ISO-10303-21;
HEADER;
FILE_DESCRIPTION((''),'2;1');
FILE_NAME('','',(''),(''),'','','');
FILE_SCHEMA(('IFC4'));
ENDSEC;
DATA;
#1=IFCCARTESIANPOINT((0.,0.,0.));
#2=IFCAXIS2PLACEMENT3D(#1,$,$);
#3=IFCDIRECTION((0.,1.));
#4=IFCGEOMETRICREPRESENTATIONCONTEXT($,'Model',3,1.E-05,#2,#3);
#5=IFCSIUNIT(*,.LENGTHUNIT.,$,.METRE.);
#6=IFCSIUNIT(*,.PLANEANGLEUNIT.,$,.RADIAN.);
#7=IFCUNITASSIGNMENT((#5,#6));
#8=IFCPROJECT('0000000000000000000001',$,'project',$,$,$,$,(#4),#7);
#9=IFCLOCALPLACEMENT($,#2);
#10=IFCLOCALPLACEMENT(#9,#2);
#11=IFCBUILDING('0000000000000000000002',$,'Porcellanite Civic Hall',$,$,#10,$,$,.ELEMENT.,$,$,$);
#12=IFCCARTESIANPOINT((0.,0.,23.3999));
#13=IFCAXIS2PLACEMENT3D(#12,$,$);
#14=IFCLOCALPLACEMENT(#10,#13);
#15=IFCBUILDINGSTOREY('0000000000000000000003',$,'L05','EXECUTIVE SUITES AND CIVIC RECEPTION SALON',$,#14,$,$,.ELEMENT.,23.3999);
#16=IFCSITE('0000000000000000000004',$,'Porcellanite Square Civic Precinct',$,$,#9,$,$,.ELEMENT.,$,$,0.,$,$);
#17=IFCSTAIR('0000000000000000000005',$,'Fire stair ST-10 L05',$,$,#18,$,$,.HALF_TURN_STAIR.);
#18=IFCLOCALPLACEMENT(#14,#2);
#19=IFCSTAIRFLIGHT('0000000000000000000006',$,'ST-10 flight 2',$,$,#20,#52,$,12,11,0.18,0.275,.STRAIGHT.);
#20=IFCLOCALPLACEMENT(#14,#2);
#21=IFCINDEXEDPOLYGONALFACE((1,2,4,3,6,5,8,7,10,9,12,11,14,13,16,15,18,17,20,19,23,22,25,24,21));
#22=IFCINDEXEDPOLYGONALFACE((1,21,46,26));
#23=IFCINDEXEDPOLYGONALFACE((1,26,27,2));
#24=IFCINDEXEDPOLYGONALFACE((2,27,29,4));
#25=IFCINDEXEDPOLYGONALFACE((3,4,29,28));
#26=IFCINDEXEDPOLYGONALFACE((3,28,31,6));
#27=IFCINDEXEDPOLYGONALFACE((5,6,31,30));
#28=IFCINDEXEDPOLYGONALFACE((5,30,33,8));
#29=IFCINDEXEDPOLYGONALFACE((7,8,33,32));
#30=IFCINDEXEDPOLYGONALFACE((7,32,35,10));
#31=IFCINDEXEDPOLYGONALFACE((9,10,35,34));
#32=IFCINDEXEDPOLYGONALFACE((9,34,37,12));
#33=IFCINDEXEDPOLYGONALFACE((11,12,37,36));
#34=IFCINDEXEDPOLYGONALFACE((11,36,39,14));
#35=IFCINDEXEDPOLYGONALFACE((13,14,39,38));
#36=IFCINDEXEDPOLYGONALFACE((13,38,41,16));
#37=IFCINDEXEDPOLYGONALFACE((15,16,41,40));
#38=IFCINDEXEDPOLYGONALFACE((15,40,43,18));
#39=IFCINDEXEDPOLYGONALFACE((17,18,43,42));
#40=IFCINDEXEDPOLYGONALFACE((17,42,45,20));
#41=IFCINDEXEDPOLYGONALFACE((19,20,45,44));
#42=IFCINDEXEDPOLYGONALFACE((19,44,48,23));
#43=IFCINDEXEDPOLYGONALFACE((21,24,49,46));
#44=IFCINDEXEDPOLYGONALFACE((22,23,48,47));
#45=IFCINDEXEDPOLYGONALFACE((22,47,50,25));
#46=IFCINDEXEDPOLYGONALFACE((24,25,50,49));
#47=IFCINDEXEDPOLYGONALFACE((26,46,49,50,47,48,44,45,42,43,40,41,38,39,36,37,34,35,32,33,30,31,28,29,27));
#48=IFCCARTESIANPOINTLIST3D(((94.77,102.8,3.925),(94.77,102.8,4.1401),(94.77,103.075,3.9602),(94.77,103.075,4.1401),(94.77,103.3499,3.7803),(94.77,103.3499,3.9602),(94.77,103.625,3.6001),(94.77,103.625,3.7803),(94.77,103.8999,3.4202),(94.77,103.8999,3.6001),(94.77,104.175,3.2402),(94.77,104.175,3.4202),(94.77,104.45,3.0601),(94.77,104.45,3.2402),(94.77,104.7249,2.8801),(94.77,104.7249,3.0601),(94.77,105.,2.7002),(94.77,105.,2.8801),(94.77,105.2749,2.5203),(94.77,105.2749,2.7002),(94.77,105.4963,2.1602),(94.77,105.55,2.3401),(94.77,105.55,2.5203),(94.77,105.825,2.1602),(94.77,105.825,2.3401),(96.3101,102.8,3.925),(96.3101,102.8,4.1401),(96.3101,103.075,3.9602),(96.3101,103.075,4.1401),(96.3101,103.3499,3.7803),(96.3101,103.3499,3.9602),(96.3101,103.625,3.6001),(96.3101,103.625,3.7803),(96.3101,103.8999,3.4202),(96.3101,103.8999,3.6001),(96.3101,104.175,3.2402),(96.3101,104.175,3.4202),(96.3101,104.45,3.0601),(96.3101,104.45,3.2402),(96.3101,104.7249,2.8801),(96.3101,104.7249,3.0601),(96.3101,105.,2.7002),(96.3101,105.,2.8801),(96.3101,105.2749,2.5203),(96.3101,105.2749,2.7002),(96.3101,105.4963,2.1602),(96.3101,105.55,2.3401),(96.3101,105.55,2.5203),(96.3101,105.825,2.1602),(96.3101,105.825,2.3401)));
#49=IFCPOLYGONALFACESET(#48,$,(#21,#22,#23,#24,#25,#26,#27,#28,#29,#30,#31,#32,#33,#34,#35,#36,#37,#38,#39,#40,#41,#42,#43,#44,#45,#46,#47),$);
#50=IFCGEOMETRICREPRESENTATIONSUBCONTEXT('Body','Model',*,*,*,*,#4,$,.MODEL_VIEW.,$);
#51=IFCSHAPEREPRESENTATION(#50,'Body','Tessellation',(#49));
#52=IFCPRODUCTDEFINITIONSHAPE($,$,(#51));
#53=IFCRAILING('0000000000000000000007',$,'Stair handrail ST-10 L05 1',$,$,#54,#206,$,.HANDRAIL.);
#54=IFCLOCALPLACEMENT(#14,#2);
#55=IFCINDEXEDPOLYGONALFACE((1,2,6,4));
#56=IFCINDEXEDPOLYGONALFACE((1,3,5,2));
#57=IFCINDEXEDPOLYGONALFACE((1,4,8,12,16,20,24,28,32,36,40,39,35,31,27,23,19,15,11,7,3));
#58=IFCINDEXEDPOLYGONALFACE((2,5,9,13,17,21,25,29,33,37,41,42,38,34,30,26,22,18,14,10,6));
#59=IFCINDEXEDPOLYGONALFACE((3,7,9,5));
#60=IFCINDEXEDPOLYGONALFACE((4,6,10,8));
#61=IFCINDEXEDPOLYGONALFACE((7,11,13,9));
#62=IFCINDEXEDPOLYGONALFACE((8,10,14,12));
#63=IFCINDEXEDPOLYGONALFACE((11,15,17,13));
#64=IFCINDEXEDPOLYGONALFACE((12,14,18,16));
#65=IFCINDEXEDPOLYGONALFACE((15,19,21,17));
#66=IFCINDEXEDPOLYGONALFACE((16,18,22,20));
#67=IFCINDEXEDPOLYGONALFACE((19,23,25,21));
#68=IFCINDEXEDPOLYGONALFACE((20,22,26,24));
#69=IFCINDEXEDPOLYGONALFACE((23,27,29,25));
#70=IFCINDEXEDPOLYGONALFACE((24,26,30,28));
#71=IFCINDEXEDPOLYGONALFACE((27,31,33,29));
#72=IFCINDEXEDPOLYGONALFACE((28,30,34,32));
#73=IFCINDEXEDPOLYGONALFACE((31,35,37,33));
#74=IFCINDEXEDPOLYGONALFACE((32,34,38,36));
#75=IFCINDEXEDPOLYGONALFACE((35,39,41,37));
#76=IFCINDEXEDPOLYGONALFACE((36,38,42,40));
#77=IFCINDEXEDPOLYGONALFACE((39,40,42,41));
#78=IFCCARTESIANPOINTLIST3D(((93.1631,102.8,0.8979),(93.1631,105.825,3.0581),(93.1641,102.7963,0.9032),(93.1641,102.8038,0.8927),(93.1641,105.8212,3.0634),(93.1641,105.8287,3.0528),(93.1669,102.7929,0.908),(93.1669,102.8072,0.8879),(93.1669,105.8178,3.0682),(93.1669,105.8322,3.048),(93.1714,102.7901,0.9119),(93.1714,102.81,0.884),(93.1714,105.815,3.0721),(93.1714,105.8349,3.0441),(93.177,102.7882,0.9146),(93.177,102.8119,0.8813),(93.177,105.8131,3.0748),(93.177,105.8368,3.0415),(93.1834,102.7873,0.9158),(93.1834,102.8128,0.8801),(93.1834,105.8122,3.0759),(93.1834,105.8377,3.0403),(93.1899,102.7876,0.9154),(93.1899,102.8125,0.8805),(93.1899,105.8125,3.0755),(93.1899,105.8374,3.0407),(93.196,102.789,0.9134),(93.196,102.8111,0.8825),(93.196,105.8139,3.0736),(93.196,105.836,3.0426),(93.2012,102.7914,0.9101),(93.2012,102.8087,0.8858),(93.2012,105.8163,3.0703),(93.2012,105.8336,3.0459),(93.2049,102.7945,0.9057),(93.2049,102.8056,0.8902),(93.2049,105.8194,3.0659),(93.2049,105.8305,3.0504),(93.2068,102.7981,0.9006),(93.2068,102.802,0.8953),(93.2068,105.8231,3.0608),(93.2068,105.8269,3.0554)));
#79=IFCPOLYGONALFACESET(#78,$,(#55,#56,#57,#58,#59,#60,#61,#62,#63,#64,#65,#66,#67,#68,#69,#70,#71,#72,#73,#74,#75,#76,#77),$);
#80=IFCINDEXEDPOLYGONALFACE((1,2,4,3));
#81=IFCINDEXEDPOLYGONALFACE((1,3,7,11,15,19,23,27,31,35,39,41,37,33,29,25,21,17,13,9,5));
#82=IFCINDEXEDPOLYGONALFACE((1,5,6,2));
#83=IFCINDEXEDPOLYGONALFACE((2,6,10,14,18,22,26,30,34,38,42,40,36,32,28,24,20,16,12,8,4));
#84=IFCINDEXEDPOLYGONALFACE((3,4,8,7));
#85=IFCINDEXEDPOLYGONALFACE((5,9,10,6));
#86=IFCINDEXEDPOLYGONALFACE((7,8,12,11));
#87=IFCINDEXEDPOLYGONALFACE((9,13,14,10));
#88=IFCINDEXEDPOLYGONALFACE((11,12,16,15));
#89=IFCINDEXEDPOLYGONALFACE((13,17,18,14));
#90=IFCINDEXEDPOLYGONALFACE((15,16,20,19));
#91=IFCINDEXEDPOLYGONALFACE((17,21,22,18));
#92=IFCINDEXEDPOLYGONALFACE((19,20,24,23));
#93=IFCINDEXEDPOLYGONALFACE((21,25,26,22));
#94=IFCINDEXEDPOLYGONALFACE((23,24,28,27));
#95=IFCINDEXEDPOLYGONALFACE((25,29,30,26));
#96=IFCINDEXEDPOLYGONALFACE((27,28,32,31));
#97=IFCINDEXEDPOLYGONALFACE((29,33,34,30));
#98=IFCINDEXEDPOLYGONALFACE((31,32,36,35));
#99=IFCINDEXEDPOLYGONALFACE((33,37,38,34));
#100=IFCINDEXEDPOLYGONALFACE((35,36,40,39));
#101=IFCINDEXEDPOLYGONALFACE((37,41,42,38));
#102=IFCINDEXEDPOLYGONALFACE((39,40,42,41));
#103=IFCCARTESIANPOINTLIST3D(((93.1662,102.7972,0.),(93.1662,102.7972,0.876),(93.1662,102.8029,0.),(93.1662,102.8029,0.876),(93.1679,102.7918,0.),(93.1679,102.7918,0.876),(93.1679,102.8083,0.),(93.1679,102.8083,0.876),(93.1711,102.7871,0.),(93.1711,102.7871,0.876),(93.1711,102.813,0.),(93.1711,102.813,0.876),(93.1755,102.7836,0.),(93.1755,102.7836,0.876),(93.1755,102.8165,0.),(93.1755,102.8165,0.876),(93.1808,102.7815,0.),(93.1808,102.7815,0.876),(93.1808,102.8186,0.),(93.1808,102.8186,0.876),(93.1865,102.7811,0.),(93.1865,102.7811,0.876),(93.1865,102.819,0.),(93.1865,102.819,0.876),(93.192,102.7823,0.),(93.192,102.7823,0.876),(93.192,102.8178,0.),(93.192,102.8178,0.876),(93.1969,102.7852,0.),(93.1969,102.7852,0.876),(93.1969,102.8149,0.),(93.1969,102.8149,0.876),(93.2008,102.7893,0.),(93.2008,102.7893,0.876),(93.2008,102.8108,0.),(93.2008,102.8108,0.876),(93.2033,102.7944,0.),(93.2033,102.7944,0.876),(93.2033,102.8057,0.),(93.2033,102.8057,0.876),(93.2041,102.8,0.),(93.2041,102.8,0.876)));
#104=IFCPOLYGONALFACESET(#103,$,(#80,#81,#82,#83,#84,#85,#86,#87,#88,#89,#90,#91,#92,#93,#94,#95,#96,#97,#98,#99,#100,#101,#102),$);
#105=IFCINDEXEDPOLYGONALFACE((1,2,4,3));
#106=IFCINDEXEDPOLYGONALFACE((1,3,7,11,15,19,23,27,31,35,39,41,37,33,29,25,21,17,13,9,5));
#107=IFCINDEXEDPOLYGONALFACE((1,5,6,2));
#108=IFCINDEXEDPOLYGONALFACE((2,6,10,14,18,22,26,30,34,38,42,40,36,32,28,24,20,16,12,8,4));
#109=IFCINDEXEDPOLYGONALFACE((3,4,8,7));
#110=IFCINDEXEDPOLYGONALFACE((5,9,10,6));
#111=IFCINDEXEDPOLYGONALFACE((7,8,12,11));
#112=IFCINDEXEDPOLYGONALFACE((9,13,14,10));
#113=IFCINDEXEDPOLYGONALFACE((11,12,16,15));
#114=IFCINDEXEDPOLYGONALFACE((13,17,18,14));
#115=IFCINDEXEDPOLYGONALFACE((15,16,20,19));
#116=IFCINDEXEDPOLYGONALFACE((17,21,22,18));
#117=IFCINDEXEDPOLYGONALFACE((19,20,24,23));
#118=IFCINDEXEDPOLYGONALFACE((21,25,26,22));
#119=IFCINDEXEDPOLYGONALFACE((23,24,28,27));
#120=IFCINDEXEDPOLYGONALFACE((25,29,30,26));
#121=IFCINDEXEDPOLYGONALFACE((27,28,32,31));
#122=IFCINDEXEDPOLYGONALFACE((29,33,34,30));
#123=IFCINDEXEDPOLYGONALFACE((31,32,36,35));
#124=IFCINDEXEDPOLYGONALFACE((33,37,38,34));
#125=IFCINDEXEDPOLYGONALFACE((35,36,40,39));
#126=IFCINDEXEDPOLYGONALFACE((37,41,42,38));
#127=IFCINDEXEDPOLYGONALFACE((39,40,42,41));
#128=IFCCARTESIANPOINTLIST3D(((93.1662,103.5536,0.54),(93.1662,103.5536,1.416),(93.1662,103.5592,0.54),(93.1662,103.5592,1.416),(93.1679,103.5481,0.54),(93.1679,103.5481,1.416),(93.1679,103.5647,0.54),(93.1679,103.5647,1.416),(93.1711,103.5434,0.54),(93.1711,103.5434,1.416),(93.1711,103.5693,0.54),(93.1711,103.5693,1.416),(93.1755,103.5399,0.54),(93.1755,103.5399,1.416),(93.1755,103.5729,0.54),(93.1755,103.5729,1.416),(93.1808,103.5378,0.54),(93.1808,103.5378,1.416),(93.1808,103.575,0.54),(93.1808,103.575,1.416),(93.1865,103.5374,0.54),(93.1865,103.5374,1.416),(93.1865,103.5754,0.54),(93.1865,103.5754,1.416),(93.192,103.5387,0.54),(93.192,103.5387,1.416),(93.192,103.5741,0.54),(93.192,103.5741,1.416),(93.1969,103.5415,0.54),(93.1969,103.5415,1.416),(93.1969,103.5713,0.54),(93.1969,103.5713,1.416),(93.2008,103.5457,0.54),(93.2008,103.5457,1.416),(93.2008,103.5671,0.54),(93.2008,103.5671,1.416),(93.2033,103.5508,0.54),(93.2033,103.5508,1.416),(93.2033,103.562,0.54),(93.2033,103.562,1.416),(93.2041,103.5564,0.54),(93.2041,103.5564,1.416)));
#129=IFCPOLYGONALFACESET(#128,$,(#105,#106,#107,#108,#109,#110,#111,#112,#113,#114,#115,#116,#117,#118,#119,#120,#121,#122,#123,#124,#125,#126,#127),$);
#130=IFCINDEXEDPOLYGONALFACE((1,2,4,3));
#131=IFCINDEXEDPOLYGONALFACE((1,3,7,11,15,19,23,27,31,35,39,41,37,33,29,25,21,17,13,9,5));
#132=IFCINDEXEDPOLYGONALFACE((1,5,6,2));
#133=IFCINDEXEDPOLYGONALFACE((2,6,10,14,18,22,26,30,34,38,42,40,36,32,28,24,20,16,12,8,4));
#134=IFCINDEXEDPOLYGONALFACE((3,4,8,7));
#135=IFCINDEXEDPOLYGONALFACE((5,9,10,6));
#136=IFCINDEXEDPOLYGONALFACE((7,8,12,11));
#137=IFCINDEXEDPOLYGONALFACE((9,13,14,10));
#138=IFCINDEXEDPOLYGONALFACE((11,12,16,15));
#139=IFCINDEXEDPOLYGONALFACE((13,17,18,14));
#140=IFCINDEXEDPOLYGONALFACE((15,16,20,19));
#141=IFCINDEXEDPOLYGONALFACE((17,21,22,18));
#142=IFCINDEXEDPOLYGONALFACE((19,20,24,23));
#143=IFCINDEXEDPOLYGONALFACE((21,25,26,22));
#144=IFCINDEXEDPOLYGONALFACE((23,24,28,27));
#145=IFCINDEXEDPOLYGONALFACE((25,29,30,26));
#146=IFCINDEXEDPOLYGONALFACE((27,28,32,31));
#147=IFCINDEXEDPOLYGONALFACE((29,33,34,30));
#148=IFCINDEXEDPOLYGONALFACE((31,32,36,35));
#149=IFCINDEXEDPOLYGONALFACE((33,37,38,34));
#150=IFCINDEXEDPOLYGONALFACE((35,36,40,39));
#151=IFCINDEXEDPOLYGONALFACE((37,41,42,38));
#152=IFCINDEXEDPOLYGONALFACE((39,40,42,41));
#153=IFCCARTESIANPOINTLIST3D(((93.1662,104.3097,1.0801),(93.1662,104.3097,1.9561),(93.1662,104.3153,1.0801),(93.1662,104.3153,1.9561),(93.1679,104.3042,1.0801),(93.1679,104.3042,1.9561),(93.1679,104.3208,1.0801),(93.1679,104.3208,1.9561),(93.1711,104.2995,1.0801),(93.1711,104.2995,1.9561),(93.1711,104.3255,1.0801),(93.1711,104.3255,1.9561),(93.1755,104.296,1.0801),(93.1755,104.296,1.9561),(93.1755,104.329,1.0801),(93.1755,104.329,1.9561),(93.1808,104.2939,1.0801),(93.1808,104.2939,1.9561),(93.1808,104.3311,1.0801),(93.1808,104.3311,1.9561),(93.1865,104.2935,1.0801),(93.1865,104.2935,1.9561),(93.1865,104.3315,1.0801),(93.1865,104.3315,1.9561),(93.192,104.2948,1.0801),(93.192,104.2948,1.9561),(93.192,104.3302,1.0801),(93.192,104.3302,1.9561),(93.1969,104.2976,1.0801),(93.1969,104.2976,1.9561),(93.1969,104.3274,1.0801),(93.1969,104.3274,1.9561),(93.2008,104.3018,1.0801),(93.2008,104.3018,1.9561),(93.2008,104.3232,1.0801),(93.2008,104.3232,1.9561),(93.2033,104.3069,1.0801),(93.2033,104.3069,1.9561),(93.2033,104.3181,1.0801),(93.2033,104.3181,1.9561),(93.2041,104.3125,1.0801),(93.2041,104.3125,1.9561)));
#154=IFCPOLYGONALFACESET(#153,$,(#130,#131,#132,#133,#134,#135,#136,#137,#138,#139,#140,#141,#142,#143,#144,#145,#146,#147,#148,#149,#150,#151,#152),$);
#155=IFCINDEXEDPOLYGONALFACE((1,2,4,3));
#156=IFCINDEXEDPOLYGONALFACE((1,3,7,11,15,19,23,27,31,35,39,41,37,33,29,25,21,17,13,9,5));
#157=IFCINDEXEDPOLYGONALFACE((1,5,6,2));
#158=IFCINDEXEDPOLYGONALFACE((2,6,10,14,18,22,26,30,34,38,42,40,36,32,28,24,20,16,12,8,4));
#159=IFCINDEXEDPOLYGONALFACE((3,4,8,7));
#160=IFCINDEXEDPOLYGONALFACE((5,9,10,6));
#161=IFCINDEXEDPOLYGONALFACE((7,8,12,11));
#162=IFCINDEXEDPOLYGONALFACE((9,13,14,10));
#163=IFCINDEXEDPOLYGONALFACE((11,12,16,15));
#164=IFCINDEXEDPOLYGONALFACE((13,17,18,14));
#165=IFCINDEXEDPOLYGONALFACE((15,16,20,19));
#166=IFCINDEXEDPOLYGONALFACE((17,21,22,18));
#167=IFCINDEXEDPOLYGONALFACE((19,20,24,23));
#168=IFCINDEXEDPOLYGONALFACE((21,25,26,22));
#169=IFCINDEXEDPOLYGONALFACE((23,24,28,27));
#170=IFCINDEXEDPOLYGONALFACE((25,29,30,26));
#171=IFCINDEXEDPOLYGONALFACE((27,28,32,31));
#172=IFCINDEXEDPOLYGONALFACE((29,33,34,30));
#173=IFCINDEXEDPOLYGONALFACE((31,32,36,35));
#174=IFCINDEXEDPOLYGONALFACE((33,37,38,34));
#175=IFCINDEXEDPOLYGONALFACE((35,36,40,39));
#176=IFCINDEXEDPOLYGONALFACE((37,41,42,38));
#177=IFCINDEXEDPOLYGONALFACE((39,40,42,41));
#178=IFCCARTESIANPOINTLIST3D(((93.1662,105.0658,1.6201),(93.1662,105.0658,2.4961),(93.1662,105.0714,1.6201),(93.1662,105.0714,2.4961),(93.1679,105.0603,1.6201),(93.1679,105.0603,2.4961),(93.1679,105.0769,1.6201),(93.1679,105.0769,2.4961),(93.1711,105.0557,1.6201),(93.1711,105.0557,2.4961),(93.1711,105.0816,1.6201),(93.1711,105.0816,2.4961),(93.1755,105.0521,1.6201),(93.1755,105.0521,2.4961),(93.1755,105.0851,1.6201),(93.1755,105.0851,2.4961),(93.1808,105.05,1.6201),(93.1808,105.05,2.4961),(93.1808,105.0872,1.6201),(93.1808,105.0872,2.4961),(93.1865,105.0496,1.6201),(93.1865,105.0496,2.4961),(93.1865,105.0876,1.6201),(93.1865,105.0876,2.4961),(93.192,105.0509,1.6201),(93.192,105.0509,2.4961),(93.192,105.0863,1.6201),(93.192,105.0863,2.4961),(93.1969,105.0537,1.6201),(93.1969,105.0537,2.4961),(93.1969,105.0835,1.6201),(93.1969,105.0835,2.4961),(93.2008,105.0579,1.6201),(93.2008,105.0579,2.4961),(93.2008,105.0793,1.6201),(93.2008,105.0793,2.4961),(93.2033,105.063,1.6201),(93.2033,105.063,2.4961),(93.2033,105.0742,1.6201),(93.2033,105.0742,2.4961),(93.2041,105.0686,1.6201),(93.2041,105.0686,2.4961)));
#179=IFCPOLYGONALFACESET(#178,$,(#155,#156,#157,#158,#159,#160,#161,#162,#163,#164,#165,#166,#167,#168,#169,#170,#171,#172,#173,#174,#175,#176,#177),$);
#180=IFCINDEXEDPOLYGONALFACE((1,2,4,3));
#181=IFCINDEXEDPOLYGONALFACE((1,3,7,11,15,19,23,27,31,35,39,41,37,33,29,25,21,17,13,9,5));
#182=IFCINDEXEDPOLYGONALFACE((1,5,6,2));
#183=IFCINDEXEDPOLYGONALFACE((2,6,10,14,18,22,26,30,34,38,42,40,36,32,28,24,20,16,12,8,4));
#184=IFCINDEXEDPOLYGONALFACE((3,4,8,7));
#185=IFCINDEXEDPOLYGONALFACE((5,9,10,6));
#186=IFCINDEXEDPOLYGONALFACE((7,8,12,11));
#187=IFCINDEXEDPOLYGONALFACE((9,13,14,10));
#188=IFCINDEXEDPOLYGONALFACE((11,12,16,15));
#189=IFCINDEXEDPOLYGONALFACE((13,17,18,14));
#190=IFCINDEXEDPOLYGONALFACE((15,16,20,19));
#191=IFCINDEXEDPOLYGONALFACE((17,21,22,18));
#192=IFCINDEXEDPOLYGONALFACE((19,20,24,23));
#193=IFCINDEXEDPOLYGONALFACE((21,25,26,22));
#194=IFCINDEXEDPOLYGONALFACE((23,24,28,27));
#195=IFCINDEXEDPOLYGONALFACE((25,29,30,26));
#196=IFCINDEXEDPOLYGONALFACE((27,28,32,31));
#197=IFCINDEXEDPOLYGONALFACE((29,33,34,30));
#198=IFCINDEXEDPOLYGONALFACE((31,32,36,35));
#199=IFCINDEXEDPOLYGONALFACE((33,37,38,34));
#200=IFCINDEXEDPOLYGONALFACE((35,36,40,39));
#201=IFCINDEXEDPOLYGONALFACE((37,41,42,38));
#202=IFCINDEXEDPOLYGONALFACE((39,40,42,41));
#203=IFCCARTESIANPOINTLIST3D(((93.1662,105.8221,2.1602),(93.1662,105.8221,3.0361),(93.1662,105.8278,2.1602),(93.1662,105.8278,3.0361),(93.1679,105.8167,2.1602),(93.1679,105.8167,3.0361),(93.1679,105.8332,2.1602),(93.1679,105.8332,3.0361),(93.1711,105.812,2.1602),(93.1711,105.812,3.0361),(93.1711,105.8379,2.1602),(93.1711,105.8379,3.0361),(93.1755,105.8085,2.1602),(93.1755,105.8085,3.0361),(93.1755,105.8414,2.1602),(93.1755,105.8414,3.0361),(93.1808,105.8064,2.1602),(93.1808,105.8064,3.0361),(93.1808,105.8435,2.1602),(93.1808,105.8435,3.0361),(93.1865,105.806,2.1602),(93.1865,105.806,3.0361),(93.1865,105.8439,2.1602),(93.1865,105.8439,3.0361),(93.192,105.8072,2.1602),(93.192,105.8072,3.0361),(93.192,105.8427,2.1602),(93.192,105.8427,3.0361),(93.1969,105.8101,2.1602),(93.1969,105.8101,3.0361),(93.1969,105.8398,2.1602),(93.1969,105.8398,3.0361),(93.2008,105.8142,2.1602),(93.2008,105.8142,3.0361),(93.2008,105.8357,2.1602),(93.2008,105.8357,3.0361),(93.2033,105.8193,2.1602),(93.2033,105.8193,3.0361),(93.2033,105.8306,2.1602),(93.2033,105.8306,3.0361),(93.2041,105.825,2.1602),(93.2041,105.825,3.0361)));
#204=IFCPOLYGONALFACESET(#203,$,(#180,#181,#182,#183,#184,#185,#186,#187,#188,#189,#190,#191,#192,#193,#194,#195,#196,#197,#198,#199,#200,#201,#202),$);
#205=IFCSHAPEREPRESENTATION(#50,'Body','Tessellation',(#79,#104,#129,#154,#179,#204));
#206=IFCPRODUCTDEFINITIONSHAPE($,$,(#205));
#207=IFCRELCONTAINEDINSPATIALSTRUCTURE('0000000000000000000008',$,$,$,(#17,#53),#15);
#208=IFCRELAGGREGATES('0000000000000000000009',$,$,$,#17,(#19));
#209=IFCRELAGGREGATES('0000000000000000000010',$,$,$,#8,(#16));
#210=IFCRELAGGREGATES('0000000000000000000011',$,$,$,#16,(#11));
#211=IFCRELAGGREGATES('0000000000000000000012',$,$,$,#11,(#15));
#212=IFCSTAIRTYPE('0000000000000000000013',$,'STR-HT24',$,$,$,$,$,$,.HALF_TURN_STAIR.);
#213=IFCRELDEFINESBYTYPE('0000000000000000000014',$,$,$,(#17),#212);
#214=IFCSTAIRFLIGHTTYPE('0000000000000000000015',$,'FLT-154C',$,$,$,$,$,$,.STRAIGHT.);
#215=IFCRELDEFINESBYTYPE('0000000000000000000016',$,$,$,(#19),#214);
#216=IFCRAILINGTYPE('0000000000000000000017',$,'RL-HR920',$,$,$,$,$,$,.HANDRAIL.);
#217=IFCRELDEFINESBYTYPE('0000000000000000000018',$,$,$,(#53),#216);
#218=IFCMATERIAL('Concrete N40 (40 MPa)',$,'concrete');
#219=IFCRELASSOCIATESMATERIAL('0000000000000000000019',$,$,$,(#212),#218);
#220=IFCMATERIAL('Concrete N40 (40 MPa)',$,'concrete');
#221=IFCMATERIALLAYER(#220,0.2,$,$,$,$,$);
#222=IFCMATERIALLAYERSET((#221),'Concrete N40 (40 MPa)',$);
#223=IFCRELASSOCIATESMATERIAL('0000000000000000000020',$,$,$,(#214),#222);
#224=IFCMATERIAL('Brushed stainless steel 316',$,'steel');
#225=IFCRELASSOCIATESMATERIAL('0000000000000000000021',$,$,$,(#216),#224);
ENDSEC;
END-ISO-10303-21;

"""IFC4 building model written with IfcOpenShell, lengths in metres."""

from ifc_helpers import new_model, si_unit, direction, frame, origin, origin_2d, place, context, subcontext, project, spatial, polyline, circle, outline, extrude, material, layer, layer_set, type_object, element, aggregate, save


model = new_model("IFC4")

# Units and contexts
model_context = context("Model", 3, precision=1e-05, world=origin(), true_north=direction((0.0, 1.0)))
body_context = subcontext(model_context, "Body", "Model", "MODEL_VIEW")
ifc_project = project(units=[si_unit("LENGTHUNIT", "METRE"), si_unit("PLANEANGLEUNIT", "RADIAN")], contexts=[model_context])

# Site, building, storey
site_placement = place(None, origin())
site = spatial("IfcSite", under=ifc_project, at=site_placement, Name="Porcellanite Square Civic Precinct", CompositionType="ELEMENT", RefElevation=0.0)
building_placement = place(site_placement, origin())
building = spatial("IfcBuilding", under=site, at=building_placement, Name="Porcellanite Civic Hall", CompositionType="ELEMENT")
storey_placement = place(building_placement, frame((0.0, 0.0, 23.3999)))
storey = spatial("IfcBuildingStorey", under=building, at=storey_placement, Name="L05", Description="EXECUTIVE SUITES AND CIVIC RECEPTION SALON", CompositionType="ELEMENT", Elevation=23.3999)

# Stair, stair flight
ifc_material_1 = material(Name="Concrete N40 (40 MPa)", Category="concrete")
stair_type = type_object("IfcStairType", Name="STR-HT24", PredefinedType="HALF_TURN_STAIR", material=ifc_material_1)
stair_placement = place(storey_placement, origin())
stair = element("IfcStair", 1, at=stair_placement, inside=storey, type_object=stair_type, Name="Fire stair ST-10 L05", PredefinedType="HALF_TURN_STAIR")
ifc_material_2 = material(Name="Concrete N40 (40 MPa)", Category="concrete")
ifc_layer_1 = layer(ifc_material_2, 0.2)
ifc_layer_set_1 = layer_set([ifc_layer_1], Name="Concrete N40 (40 MPa)")
stair_flight_type = type_object("IfcStairFlightType", Name="FLT-154C", PredefinedType="STRAIGHT", material=ifc_layer_set_1)
stair_flight_1_placement = place(storey_placement, frame((95.54, 105.825, 2.1602), z_axis=(0.0, 0.0, 1.0), x_axis=(0.0, -1.0, 0.0)))
stair_flight_1 = element("IfcStairFlight", 2, at=stair_flight_1_placement, type_object=stair_flight_type, Name="ST-10 flight 2", NumberOfRisers=12, NumberOfTreads=11, PredefinedType="STRAIGHT", RiserHeight=0.18, TreadLength=0.275, context=body_context, shape_type="SweptSolid", body=[
    extrude(outline(polyline([(0.0, 0.0), (0.0, 0.1799), (0.2749, 0.1799), (0.2749, 0.3601), (0.55, 0.3601), (0.55, 0.54), (0.825, 0.54), (0.825, 0.72), (1.1001, 0.72), (1.1001, 0.8999), (1.375, 0.8999), (1.375, 1.0801), (1.6499, 1.0801), (1.6499, 1.26), (1.925, 1.26), (1.925, 1.4399), (2.2, 1.4399), (2.2, 1.6201), (2.4751, 1.6201), (2.4751, 1.8), (2.75, 1.8), (2.75, 1.98), (3.0249, 1.98), (3.0249, 2.1599), (3.0249, 1.7649), (0.3286, 0.0), (0.0, 0.0)])), frame((0.0, 0.77, 0.0), z_axis=(0.0, -1.0, 0.0), x_axis=(1.0, 0.0, 0.0)), (0.0, 0.0, 1.0), 1.54),
])
aggregate(stair, [stair_flight_1])

# Railing
ifc_material_3 = material(Name="Brushed stainless steel 316", Category="steel")
railing_type_1 = type_object("IfcRailingType", Name="RL-HR920", PredefinedType="HANDRAIL", material=ifc_material_3)
railing_1_placement = place(storey_placement, frame((93.1851, 102.8, 0.0)))
element("IfcRailing", 3, at=railing_1_placement, inside=storey, type_object=railing_type_1, Name="Stair handrail ST-10 L05 1", PredefinedType="HANDRAIL", context=body_context, shape_type="SweptSolid", body=[
    extrude(circle(Radius=0.022, at=origin_2d()), frame((0.0, 0.0, 0.8979), z_axis=(0.0, 0.813796, 0.581151), x_axis=(-1.0, 0.0, 0.0)), (0.0, 0.0, 1.0), 3.717),
    extrude(circle(Radius=0.019, at=origin_2d()), origin(), (0.0, 0.0, 1.0), 0.876),
    extrude(circle(Radius=0.019, at=origin_2d()), frame((0.0, 0.7563, 0.54)), (0.0, 0.0, 1.0), 0.876),
    extrude(circle(Radius=0.019, at=origin_2d()), frame((0.0, 1.5125, 1.0801)), (0.0, 0.0, 1.0), 0.876),
    extrude(circle(Radius=0.019, at=origin_2d()), frame((0.0, 2.2686, 1.6201)), (0.0, 0.0, 1.0), 0.876),
    extrude(circle(Radius=0.019, at=origin_2d()), frame((0.0, 3.0249, 2.1602)), (0.0, 0.0, 1.0), 0.876),
])

save(model, "model.ifc")
